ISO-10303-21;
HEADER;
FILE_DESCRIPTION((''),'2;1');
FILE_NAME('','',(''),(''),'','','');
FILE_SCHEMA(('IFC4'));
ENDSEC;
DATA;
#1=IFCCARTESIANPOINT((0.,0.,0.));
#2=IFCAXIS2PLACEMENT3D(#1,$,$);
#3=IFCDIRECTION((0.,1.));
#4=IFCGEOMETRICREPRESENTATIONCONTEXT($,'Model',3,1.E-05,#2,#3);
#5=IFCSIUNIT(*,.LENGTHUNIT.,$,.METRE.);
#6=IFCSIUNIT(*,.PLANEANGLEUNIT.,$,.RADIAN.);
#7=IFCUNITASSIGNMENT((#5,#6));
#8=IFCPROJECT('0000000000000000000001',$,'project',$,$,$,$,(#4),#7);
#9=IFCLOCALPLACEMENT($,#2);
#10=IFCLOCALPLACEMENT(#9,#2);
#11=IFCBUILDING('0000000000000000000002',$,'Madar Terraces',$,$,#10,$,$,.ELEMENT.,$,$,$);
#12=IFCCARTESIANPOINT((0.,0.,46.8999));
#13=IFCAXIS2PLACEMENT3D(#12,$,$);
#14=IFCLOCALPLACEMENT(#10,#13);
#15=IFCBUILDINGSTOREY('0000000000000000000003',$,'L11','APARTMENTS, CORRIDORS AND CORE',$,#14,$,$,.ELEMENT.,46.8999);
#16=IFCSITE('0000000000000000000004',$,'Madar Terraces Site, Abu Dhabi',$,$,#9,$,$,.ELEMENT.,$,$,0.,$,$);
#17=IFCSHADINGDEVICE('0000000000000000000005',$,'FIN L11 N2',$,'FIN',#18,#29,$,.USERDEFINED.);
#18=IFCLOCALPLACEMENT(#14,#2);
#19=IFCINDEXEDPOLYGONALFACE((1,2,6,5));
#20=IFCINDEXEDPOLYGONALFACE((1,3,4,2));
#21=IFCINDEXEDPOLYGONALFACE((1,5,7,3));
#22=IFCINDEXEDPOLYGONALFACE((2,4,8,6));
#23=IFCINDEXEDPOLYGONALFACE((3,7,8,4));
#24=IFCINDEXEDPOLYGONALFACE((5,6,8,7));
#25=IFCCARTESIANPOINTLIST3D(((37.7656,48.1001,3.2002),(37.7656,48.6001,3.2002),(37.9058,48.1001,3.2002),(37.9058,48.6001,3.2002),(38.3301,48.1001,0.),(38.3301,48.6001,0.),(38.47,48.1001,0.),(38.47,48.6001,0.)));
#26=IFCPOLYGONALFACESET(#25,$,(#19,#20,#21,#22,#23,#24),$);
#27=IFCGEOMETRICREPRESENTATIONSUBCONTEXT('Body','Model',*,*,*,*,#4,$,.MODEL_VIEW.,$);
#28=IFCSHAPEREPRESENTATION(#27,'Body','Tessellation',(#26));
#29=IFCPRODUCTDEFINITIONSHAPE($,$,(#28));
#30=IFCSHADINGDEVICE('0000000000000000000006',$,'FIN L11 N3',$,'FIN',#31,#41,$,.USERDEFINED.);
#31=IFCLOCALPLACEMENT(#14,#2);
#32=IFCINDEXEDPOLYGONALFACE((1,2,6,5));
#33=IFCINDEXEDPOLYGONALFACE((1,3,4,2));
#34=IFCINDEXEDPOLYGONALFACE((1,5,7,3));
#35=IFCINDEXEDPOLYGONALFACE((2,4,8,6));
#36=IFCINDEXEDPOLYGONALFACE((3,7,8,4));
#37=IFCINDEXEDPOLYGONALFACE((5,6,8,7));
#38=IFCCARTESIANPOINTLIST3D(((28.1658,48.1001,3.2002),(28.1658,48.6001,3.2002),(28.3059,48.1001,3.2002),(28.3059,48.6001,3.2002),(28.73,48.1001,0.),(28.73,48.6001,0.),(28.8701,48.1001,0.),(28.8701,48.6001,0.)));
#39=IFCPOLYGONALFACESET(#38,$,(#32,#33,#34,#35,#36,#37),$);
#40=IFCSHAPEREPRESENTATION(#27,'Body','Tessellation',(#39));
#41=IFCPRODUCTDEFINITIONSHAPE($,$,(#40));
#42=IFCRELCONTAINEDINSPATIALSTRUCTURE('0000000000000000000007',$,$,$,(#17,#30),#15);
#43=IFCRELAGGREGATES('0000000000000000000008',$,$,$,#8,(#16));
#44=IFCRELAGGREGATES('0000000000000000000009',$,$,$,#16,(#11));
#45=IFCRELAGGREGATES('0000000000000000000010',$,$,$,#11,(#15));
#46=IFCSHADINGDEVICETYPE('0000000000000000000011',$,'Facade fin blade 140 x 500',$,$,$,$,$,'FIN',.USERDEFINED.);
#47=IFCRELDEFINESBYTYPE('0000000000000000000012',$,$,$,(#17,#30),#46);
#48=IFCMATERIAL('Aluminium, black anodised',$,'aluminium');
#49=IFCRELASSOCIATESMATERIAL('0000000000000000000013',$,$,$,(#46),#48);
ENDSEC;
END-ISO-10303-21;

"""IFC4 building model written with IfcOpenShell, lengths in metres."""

from ifc_helpers import new_model, si_unit, direction, frame, origin, place, context, subcontext, project, spatial, polyline, outline, extrude, material, type_object, element, save


model = new_model("IFC4")

# Units and contexts
model_context = context("Model", 3, precision=1e-05, world=origin(), true_north=direction((0.0, 1.0)))
body_context = subcontext(model_context, "Body", "Model", "MODEL_VIEW")
ifc_project = project(units=[si_unit("LENGTHUNIT", "METRE"), si_unit("PLANEANGLEUNIT", "RADIAN")], contexts=[model_context])

# Site, building, storey
site_placement = place(None, origin())
site = spatial("IfcSite", under=ifc_project, at=site_placement, Name="Madar Terraces Site, Abu Dhabi", CompositionType="ELEMENT", RefElevation=0.0)
building_placement = place(site_placement, origin())
building = spatial("IfcBuilding", under=site, at=building_placement, Name="Madar Terraces", CompositionType="ELEMENT")
storey_placement = place(building_placement, frame((0.0, 0.0, 46.8999)))
storey = spatial("IfcBuildingStorey", under=building, at=storey_placement, Name="L11", Description="APARTMENTS, CORRIDORS AND CORE", CompositionType="ELEMENT", Elevation=46.8999)

# Shading devices
ifc_material_1 = material(Name="Aluminium, black anodised", Category="aluminium")
shading_device_type = type_object("IfcShadingDeviceType", Name="Facade fin blade 140 x 500", ElementType="FIN", PredefinedType="USERDEFINED", material=ifc_material_1)
shading_device_1_placement = place(storey_placement, frame((38.47, 48.3501, 0.0), z_axis=(0.0, 0.0, 1.0), x_axis=(-1.0, 0.0, 0.0)))
element("IfcShadingDevice", 1, at=shading_device_1_placement, inside=storey, type_object=shading_device_type, Name="FIN L11 N2", ObjectType="FIN", PredefinedType="USERDEFINED", context=body_context, shape_type="SweptSolid", body=[
    extrude(outline(polyline([(0.0, 0.0), (0.1399, 0.0), (0.7043, 3.2002), (0.5642, 3.2002), (0.0, 0.0)])), frame((0.0, 0.25, 0.0), z_axis=(0.0, -1.0, 0.0), x_axis=(1.0, 0.0, 0.0)), (0.0, 0.0, 1.0), 0.5),
])
shading_device_2_placement = place(storey_placement, frame((28.8701, 48.3501, 0.0), z_axis=(0.0, 0.0, 1.0), x_axis=(-1.0, 0.0, 0.0)))
element("IfcShadingDevice", 2, at=shading_device_2_placement, inside=storey, type_object=shading_device_type, Name="FIN L11 N3", ObjectType="FIN", PredefinedType="USERDEFINED", context=body_context, shape_type="SweptSolid", body=[
    extrude(outline(polyline([(0.0, 0.0), (0.1401, 0.0), (0.7043, 3.2002), (0.5642, 3.2002), (0.0, 0.0)])), frame((0.0, 0.25, 0.0), z_axis=(0.0, -1.0, 0.0), x_axis=(1.0, 0.0, 0.0)), (0.0, 0.0, 1.0), 0.5),
])

save(model, "model.ifc")
